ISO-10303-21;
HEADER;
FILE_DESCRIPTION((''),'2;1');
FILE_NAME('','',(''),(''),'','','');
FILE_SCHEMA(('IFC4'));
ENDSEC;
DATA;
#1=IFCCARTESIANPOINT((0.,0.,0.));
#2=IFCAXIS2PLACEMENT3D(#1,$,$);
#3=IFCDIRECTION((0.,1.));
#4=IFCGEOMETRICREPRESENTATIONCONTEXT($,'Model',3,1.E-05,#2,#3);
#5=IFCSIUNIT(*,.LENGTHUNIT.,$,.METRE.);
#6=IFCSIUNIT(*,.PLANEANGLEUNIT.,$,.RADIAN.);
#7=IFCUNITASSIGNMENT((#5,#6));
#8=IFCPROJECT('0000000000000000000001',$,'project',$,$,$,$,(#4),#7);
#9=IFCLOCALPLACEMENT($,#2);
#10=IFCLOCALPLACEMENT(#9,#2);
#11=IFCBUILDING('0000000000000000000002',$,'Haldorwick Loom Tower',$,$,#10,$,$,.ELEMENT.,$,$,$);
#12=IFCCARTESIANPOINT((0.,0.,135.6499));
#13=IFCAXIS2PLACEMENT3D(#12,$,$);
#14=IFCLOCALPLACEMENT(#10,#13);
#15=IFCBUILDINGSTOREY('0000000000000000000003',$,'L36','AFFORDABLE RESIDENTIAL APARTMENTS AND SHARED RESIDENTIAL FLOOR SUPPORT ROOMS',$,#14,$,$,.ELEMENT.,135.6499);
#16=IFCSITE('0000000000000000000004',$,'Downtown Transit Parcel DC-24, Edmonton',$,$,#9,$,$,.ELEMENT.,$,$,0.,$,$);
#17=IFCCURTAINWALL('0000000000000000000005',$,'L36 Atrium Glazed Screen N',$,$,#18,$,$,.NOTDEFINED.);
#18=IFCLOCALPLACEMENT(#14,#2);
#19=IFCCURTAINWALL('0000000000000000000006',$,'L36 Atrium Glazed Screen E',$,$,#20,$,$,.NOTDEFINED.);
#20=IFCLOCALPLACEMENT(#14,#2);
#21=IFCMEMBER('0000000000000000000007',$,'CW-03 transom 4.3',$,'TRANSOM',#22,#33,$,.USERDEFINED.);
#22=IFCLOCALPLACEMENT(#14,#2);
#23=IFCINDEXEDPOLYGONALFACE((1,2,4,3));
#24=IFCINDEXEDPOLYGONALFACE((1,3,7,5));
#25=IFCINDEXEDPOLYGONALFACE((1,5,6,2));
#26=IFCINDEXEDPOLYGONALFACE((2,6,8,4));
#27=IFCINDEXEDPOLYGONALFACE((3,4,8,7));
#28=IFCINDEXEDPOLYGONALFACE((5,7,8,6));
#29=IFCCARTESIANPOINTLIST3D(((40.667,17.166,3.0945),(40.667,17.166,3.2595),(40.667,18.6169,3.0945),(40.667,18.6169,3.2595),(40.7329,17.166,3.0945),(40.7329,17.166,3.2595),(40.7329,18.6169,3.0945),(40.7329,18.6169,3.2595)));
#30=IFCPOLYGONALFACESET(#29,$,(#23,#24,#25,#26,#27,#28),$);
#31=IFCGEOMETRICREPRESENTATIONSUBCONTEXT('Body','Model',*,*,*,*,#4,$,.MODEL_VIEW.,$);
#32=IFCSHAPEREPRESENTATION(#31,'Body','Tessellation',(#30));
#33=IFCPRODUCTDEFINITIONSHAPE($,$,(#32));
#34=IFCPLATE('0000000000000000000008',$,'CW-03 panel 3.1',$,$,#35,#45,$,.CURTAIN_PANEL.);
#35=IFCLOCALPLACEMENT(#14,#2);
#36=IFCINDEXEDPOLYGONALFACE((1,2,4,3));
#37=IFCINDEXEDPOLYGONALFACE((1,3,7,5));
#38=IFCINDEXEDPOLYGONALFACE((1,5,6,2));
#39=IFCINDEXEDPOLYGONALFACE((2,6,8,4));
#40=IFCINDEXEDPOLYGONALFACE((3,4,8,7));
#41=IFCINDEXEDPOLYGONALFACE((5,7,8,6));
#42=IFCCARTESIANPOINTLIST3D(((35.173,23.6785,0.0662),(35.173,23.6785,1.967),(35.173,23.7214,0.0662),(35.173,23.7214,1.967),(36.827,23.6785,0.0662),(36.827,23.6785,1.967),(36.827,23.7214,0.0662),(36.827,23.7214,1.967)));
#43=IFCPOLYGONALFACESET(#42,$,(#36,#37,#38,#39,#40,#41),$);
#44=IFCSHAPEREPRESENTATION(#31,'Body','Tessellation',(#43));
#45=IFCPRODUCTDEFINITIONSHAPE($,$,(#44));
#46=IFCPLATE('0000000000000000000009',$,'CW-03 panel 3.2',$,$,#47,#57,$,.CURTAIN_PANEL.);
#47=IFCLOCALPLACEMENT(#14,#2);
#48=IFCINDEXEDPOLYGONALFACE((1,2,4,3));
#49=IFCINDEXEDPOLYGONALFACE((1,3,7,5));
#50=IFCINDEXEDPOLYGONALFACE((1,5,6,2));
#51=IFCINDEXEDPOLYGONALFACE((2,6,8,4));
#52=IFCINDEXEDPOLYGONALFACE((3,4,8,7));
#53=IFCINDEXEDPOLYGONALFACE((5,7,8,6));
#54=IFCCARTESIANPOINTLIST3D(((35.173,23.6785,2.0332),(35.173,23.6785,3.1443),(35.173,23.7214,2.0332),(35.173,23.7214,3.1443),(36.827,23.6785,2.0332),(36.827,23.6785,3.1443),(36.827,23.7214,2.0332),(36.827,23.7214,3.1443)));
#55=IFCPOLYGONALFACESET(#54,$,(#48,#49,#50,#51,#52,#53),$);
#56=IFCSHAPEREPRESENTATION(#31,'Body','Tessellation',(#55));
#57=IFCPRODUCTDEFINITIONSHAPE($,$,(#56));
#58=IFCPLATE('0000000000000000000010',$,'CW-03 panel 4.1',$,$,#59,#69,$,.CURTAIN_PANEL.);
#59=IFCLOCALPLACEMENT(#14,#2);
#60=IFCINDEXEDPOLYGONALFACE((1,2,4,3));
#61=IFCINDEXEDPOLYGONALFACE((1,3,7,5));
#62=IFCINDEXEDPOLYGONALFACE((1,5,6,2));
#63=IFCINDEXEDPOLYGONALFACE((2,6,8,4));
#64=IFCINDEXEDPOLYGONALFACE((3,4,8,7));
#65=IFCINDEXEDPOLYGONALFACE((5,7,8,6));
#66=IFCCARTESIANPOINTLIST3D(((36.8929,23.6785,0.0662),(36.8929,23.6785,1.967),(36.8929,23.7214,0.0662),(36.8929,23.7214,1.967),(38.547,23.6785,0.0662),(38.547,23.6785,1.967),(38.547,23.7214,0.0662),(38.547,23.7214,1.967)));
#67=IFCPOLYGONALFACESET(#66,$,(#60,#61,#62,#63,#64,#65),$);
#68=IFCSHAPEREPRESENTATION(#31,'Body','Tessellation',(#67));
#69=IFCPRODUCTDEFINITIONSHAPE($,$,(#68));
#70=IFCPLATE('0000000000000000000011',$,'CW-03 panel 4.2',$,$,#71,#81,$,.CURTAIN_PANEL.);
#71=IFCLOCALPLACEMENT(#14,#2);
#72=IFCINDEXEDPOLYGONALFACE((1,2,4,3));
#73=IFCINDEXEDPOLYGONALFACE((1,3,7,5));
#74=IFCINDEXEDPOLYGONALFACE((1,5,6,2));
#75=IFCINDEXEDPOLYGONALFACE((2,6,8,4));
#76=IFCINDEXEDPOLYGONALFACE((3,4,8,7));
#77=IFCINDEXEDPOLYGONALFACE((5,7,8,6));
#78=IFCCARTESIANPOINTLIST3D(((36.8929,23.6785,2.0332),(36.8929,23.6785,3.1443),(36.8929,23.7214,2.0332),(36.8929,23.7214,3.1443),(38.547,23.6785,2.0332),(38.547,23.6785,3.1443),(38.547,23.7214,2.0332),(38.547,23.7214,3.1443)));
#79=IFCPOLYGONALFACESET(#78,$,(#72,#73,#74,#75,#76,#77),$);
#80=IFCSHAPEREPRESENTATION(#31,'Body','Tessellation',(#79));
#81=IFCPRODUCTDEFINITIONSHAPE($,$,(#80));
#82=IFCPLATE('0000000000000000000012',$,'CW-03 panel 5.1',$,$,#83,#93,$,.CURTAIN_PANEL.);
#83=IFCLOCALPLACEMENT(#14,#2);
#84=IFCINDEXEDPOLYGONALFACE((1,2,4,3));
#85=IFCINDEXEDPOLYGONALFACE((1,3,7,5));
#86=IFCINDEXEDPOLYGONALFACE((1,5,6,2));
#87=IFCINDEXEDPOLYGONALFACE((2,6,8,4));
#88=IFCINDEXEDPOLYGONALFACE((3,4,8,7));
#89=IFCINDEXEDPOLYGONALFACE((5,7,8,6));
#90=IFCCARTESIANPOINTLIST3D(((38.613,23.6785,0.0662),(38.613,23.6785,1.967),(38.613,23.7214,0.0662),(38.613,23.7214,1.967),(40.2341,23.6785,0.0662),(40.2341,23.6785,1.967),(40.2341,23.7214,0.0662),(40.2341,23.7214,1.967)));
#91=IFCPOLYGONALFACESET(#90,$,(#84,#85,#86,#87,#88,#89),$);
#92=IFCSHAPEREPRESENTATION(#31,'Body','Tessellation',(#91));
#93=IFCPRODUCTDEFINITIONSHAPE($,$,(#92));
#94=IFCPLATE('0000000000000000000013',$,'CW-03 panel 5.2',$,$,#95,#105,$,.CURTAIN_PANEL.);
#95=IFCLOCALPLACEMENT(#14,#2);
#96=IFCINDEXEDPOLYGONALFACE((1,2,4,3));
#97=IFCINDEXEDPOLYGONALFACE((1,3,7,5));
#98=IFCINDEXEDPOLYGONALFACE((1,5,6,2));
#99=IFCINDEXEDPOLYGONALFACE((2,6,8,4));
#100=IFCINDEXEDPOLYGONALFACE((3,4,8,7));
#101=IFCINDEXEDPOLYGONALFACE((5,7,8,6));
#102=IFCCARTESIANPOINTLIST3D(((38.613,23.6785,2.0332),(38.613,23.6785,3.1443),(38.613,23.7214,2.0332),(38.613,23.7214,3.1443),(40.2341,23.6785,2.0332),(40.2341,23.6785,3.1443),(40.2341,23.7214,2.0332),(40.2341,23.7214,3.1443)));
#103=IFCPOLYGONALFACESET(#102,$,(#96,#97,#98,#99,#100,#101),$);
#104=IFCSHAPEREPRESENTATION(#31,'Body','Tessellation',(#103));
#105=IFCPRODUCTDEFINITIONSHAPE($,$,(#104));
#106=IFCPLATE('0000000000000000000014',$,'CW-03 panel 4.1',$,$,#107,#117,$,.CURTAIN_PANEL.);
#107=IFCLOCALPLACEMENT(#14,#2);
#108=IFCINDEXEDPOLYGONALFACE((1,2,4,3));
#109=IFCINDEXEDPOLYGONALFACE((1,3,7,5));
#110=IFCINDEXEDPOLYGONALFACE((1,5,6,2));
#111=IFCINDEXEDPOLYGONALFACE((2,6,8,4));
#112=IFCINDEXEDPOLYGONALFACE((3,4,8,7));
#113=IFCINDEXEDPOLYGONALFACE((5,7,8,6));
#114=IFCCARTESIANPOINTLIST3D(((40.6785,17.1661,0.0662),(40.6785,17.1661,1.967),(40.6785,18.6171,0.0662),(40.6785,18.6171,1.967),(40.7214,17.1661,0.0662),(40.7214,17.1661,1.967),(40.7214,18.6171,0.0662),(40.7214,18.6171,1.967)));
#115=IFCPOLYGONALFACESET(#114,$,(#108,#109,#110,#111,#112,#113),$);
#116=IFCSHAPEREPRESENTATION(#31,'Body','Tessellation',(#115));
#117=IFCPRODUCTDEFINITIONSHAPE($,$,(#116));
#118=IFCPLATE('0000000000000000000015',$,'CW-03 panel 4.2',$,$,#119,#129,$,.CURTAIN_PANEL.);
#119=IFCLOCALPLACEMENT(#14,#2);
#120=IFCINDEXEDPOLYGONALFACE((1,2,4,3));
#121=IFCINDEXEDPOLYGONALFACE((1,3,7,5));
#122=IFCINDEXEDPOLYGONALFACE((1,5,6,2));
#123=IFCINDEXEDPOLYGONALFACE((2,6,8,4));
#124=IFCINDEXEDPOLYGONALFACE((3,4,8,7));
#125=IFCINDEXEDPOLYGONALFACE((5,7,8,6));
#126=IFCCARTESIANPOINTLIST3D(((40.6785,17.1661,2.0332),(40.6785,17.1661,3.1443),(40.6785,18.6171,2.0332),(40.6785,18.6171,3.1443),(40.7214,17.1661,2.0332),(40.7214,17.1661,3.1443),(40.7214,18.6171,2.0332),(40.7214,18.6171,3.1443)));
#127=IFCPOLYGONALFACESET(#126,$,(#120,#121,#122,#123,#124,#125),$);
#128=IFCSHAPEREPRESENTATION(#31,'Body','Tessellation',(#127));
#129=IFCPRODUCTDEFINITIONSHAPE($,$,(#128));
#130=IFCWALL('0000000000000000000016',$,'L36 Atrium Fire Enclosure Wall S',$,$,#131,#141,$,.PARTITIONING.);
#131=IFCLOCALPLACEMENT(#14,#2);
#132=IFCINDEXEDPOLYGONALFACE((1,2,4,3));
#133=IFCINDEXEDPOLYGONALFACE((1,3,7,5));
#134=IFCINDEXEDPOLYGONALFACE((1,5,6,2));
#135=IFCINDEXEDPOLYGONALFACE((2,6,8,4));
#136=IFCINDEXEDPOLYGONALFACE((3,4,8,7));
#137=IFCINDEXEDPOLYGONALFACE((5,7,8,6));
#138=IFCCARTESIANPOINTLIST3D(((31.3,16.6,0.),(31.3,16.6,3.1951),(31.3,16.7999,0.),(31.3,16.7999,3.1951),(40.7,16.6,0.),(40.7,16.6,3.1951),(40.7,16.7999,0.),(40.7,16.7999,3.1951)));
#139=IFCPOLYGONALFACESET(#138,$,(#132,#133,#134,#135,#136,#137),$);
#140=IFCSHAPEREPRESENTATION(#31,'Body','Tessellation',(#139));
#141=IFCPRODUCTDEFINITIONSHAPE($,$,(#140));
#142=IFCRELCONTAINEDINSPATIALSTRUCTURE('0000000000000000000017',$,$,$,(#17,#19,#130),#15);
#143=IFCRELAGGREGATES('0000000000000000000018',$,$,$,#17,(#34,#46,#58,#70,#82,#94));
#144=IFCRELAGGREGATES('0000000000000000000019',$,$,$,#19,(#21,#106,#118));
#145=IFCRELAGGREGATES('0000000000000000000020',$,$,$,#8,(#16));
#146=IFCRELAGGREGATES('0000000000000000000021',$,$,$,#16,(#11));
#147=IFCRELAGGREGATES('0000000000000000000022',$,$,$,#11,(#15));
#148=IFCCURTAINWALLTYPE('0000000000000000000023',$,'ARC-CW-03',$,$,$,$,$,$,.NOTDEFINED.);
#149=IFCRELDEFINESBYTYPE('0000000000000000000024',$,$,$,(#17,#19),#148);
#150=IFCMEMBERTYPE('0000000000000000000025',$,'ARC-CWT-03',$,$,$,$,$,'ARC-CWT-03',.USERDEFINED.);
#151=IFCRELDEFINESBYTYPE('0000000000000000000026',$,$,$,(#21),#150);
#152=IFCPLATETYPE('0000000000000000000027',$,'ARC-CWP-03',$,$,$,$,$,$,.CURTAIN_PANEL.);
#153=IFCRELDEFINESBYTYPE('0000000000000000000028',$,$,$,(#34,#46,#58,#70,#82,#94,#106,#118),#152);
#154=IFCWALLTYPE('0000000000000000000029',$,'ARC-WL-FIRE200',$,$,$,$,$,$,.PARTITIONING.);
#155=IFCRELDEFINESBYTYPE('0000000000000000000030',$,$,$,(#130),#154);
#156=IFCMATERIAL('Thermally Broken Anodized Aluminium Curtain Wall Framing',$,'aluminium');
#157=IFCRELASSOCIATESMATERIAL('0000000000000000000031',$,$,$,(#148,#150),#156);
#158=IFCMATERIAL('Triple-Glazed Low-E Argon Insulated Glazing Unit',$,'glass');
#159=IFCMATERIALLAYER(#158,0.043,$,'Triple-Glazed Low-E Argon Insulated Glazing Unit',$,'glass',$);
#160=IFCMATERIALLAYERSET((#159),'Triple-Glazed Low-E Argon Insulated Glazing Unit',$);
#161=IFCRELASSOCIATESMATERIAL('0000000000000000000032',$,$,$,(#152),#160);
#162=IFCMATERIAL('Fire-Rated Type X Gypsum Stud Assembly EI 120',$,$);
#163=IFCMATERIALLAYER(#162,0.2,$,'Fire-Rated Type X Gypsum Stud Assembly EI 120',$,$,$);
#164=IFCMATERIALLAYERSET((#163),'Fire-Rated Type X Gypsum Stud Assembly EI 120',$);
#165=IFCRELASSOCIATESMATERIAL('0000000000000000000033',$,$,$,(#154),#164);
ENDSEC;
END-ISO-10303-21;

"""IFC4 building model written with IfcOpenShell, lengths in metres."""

from ifc_helpers import new_model, si_unit, direction, frame, frame_2d, origin, origin_2d, place, context, subcontext, project, spatial, rectangle, extrude, material, layer, layer_set, material_profile, profile_set, type_object, element, aggregate, save


model = new_model("IFC4")

# Units and contexts
model_context = context("Model", 3, precision=1e-05, world=origin(), true_north=direction((0.0, 1.0)))
body_context = subcontext(model_context, "Body", "Model", "MODEL_VIEW")
ifc_project = project(units=[si_unit("LENGTHUNIT", "METRE"), si_unit("PLANEANGLEUNIT", "RADIAN")], contexts=[model_context])

# Site, building, storey
site_placement = place(None, origin())
site = spatial("IfcSite", under=ifc_project, at=site_placement, Name="Downtown Transit Parcel DC-24, Edmonton", CompositionType="ELEMENT", RefElevation=0.0)
building_placement = place(site_placement, origin())
building = spatial("IfcBuilding", under=site, at=building_placement, Name="Haldorwick Loom Tower", CompositionType="ELEMENT")
storey_placement = place(building_placement, frame((0.0, 0.0, 135.6499)))
storey = spatial("IfcBuildingStorey", under=building, at=storey_placement, Name="L36", Description="AFFORDABLE RESIDENTIAL APARTMENTS AND SHARED RESIDENTIAL FLOOR SUPPORT ROOMS", CompositionType="ELEMENT", Elevation=135.6499)

# Shared definitions
ifc_material_1 = material(Name="Thermally Broken Anodized Aluminium Curtain Wall Framing", Category="aluminium")
curtain_wall_type = type_object("IfcCurtainWallType", Name="ARC-CW-03", PredefinedType="NOTDEFINED", material=ifc_material_1)

# Curtain walls
curtain_wall_1_placement = place(storey_placement, origin())
curtain_wall_1 = element("IfcCurtainWall", 1, at=curtain_wall_1_placement, inside=storey, type_object=curtain_wall_type, Name="L36 Atrium Glazed Screen N", PredefinedType="NOTDEFINED")
curtain_wall_2_placement = place(storey_placement, origin())
curtain_wall_2 = element("IfcCurtainWall", 2, at=curtain_wall_2_placement, inside=storey, type_object=curtain_wall_type, Name="L36 Atrium Glazed Screen E", PredefinedType="NOTDEFINED")

# Member
ifc_material_profile_1 = material_profile(ifc_material_1, rectangle(XDim=0.0659, YDim=0.165, at=origin_2d()), Name="ALU_TRN_66X165", Category="aluminium")
ifc_profile_set_1 = profile_set([ifc_material_profile_1], Name="Thermally Broken Anodized Aluminium Curtain Wall Framing")
member_type_1 = type_object("IfcMemberType", Name="ARC-CWT-03", ElementType="ARC-CWT-03", PredefinedType="USERDEFINED", material=ifc_profile_set_1)
member_1_placement = place(storey_placement, frame((40.7, 18.6169, 3.177), z_axis=(0.0, -1.0, 0.0), x_axis=(1.0, 0.0, 0.0)))
member_1 = element("IfcMember", 3, at=member_1_placement, type_object=member_type_1, Name="CW-03 transom 4.3", ObjectType="TRANSOM", PredefinedType="USERDEFINED", context=body_context, shape_type="SweptSolid", body=[
    extrude(rectangle(XDim=0.0659, YDim=0.165, at=origin_2d()), origin(), (0.0, 0.0, 1.0), 1.4509),
])

# Plates
ifc_material_2 = material(Name="Triple-Glazed Low-E Argon Insulated Glazing Unit", Category="glass")
ifc_layer_1 = layer(ifc_material_2, 0.043, Name="Triple-Glazed Low-E Argon Insulated Glazing Unit", Category="glass")
ifc_layer_set_1 = layer_set([ifc_layer_1], Name="Triple-Glazed Low-E Argon Insulated Glazing Unit")
plate_type = type_object("IfcPlateType", Name="ARC-CWP-03", PredefinedType="CURTAIN_PANEL", material=ifc_layer_set_1)
plate_1_placement = place(storey_placement, frame((36.0, 23.7, 0.0662), z_axis=(0.0, 0.0, 1.0), x_axis=(1.0, 0.0, 0.0)))
plate_1 = element("IfcPlate", 4, at=plate_1_placement, type_object=plate_type, Name="CW-03 panel 3.1", PredefinedType="CURTAIN_PANEL", context=body_context, shape_type="SweptSolid", body=[
    extrude(rectangle(XDim=1.6541, YDim=0.043, at=origin_2d()), origin(), (0.0, 0.0, 1.0), 1.9009),
])
plate_2_placement = place(storey_placement, frame((36.0, 23.7, 2.0332), z_axis=(0.0, 0.0, 1.0), x_axis=(1.0, 0.0, 0.0)))
plate_2 = element("IfcPlate", 5, at=plate_2_placement, type_object=plate_type, Name="CW-03 panel 3.2", PredefinedType="CURTAIN_PANEL", context=body_context, shape_type="SweptSolid", body=[
    extrude(rectangle(XDim=1.6541, YDim=0.043, at=origin_2d()), origin(), (0.0, 0.0, 1.0), 1.1111),
])
plate_3_placement = place(storey_placement, frame((37.72, 23.7, 0.0662), z_axis=(0.0, 0.0, 1.0), x_axis=(1.0, 0.0, 0.0)))
plate_3 = element("IfcPlate", 6, at=plate_3_placement, type_object=plate_type, Name="CW-03 panel 4.1", PredefinedType="CURTAIN_PANEL", context=body_context, shape_type="SweptSolid", body=[
    extrude(rectangle(XDim=1.6541, YDim=0.043, at=origin_2d()), origin(), (0.0, 0.0, 1.0), 1.9009),
])
plate_4_placement = place(storey_placement, frame((37.72, 23.7, 2.0332), z_axis=(0.0, 0.0, 1.0), x_axis=(1.0, 0.0, 0.0)))
plate_4 = element("IfcPlate", 7, at=plate_4_placement, type_object=plate_type, Name="CW-03 panel 4.2", PredefinedType="CURTAIN_PANEL", context=body_context, shape_type="SweptSolid", body=[
    extrude(rectangle(XDim=1.6541, YDim=0.043, at=origin_2d()), origin(), (0.0, 0.0, 1.0), 1.1111),
])
plate_5_placement = place(storey_placement, frame((39.4236, 23.7, 0.0662), z_axis=(0.0, 0.0, 1.0), x_axis=(1.0, 0.0, 0.0)))
plate_5 = element("IfcPlate", 8, at=plate_5_placement, type_object=plate_type, Name="CW-03 panel 5.1", PredefinedType="CURTAIN_PANEL", context=body_context, shape_type="SweptSolid", body=[
    extrude(rectangle(XDim=1.6211, YDim=0.043, at=origin_2d()), origin(), (0.0, 0.0, 1.0), 1.9009),
])
plate_6_placement = place(storey_placement, frame((39.4236, 23.7, 2.0332), z_axis=(0.0, 0.0, 1.0), x_axis=(1.0, 0.0, 0.0)))
plate_6 = element("IfcPlate", 9, at=plate_6_placement, type_object=plate_type, Name="CW-03 panel 5.2", PredefinedType="CURTAIN_PANEL", context=body_context, shape_type="SweptSolid", body=[
    extrude(rectangle(XDim=1.6211, YDim=0.043, at=origin_2d()), origin(), (0.0, 0.0, 1.0), 1.1111),
])
aggregate(curtain_wall_1, [plate_1, plate_2, plate_3, plate_4, plate_5, plate_6])
plate_7_placement = place(storey_placement, frame((40.7, 17.8916, 0.0662), z_axis=(0.0, 0.0, 1.0), x_axis=(0.0, -1.0, 0.0)))
plate_7 = element("IfcPlate", 10, at=plate_7_placement, type_object=plate_type, Name="CW-03 panel 4.1", PredefinedType="CURTAIN_PANEL", context=body_context, shape_type="SweptSolid", body=[
    extrude(rectangle(XDim=1.4509, YDim=0.043, at=origin_2d()), origin(), (0.0, 0.0, 1.0), 1.9009),
])
plate_8_placement = place(storey_placement, frame((40.7, 17.8916, 2.0332), z_axis=(0.0, 0.0, 1.0), x_axis=(0.0, -1.0, 0.0)))
plate_8 = element("IfcPlate", 11, at=plate_8_placement, type_object=plate_type, Name="CW-03 panel 4.2", PredefinedType="CURTAIN_PANEL", context=body_context, shape_type="SweptSolid", body=[
    extrude(rectangle(XDim=1.4509, YDim=0.043, at=origin_2d()), origin(), (0.0, 0.0, 1.0), 1.1111),
])
aggregate(curtain_wall_2, [member_1, plate_7, plate_8])

# Wall
ifc_material_3 = material(Name="Fire-Rated Type X Gypsum Stud Assembly EI 120")
ifc_layer_2 = layer(ifc_material_3, 0.2, Name="Fire-Rated Type X Gypsum Stud Assembly EI 120")
ifc_layer_set_2 = layer_set([ifc_layer_2], Name="Fire-Rated Type X Gypsum Stud Assembly EI 120")
wall_type = type_object("IfcWallType", Name="ARC-WL-FIRE200", PredefinedType="PARTITIONING", material=ifc_layer_set_2)
wall_placement = place(storey_placement, frame((40.7, 16.7, 0.0), z_axis=(0.0, 0.0, 1.0), x_axis=(-1.0, 0.0, 0.0)))
element("IfcWall", 12, at=wall_placement, inside=storey, type_object=wall_type, Name="L36 Atrium Fire Enclosure Wall S", PredefinedType="PARTITIONING", context=body_context, shape_type="SweptSolid", body=[
    extrude(rectangle(XDim=9.3999, YDim=0.2, at=frame_2d((4.7, 0.0))), origin(), (0.0, 0.0, 1.0), 3.1951),
])

save(model, "model.ifc")
